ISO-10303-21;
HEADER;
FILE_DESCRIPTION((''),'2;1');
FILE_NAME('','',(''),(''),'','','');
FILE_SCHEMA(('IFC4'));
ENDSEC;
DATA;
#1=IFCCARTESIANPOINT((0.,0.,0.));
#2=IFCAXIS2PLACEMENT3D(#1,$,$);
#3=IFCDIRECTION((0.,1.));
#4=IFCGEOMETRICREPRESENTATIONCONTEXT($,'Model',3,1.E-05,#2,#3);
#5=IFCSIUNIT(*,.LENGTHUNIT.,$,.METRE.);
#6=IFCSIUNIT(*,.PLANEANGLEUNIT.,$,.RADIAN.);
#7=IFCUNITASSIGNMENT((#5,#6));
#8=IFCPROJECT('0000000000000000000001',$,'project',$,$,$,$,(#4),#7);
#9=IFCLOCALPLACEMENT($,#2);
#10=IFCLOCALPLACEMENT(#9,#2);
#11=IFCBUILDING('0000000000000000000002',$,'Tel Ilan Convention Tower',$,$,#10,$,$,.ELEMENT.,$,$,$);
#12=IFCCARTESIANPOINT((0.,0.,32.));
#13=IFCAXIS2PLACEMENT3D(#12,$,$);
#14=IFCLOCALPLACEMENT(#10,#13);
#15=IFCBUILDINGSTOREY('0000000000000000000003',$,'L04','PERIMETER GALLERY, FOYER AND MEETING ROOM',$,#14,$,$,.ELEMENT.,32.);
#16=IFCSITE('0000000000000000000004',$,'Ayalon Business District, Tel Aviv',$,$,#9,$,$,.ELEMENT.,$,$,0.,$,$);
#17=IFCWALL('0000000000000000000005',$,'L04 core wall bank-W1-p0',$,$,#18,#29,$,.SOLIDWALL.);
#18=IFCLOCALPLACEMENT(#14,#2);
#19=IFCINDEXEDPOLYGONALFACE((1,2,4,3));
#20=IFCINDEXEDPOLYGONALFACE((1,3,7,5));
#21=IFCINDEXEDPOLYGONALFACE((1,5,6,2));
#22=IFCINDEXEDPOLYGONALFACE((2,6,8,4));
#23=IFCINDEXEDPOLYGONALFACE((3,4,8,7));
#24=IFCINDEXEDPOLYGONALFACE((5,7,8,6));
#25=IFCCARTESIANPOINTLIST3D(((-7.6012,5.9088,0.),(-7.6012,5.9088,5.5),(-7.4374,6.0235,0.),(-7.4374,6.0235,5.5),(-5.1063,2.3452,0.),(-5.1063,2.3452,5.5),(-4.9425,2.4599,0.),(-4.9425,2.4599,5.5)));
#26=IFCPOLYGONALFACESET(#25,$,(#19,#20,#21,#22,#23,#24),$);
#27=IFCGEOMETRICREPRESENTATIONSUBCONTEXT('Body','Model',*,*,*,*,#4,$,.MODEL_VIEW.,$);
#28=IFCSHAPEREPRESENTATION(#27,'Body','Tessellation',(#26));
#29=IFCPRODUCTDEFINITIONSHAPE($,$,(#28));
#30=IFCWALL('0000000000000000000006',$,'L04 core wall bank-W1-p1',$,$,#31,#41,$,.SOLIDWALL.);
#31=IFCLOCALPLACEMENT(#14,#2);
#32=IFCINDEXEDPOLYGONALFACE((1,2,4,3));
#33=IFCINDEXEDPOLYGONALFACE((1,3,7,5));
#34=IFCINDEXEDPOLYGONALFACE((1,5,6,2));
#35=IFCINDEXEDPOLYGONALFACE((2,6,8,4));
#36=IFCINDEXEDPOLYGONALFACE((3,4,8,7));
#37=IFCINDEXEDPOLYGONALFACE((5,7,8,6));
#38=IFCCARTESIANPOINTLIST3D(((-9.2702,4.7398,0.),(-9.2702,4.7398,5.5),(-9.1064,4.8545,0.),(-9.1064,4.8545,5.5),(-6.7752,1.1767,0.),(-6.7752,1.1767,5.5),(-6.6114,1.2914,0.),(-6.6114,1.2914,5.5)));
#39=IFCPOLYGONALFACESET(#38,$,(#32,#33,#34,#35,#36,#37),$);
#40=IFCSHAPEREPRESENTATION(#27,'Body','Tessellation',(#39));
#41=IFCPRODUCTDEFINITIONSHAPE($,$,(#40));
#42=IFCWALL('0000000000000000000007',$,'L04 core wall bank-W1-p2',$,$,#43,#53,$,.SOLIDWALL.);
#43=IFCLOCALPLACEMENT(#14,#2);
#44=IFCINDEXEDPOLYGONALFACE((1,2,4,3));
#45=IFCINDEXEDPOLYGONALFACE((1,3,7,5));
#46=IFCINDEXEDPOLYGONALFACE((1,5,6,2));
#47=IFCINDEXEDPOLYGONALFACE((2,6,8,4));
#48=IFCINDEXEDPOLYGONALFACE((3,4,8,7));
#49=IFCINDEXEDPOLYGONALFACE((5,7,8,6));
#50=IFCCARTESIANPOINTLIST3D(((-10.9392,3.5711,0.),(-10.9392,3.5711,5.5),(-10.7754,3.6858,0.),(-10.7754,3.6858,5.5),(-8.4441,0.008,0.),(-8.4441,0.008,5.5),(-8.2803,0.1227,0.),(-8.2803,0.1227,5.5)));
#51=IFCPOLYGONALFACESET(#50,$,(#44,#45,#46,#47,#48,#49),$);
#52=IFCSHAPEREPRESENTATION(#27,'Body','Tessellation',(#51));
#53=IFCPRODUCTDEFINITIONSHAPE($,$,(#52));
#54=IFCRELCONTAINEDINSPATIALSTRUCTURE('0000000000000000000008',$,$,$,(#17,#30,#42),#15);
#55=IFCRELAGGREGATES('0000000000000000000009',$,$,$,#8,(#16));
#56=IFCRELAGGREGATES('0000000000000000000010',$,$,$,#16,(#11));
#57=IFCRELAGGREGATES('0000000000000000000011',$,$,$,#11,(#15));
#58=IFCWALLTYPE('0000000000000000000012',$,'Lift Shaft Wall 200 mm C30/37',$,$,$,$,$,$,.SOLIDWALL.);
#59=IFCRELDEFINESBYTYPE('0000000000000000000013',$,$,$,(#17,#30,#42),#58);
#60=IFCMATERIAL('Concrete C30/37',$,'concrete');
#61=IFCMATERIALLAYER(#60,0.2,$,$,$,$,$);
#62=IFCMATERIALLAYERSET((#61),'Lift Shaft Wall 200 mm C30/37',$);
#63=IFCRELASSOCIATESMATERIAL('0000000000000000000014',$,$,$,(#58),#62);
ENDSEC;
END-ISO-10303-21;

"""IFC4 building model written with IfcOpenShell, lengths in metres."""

from ifc_helpers import new_model, si_unit, direction, frame, frame_2d, origin, place, context, subcontext, project, spatial, rectangle, extrude, material, layer, layer_set, type_object, element, save


model = new_model("IFC4")

# Units and contexts
model_context = context("Model", 3, precision=1e-05, world=origin(), true_north=direction((0.0, 1.0)))
body_context = subcontext(model_context, "Body", "Model", "MODEL_VIEW")
ifc_project = project(units=[si_unit("LENGTHUNIT", "METRE"), si_unit("PLANEANGLEUNIT", "RADIAN")], contexts=[model_context])

# Site, building, storey
site_placement = place(None, origin())
site = spatial("IfcSite", under=ifc_project, at=site_placement, Name="Ayalon Business District, Tel Aviv", CompositionType="ELEMENT", RefElevation=0.0)
building_placement = place(site_placement, origin())
building = spatial("IfcBuilding", under=site, at=building_placement, Name="Tel Ilan Convention Tower", CompositionType="ELEMENT")
storey_placement = place(building_placement, frame((0.0, 0.0, 32.0)))
storey = spatial("IfcBuildingStorey", under=building, at=storey_placement, Name="L04", Description="PERIMETER GALLERY, FOYER AND MEETING ROOM", CompositionType="ELEMENT", Elevation=32.0)

# Walls
ifc_material_1 = material(Name="Concrete C30/37", Category="concrete")
ifc_layer_1 = layer(ifc_material_1, 0.2)
ifc_layer_set_1 = layer_set([ifc_layer_1], Name="Lift Shaft Wall 200 mm C30/37")
wall_type_1 = type_object("IfcWallType", Name="Lift Shaft Wall 200 mm C30/37", PredefinedType="SOLIDWALL", material=ifc_layer_set_1)
wall_1_placement = place(storey_placement, frame((-5.0244, 2.4026, 0.0), z_axis=(0.0, 0.0, 1.0), x_axis=(-0.57353, 0.819184, 0.0)))
element("IfcWall", 1, at=wall_1_placement, inside=storey, type_object=wall_type_1, Name="L04 core wall bank-W1-p0", PredefinedType="SOLIDWALL", context=body_context, shape_type="SweptSolid", body=[
    extrude(rectangle(XDim=4.3501, YDim=0.2, at=frame_2d((2.175, 0.0))), origin(), (0.0, 0.0, 1.0), 5.5),
])
for number, where, z_axis, x_axis, name in (
    (2, (-6.6934, 1.2341, 0.0), (0.0, 0.0, 1.0), (-0.573594, 0.81914, 0.0), "L04 core wall bank-W1-p1"),
    (3, (-8.3623, 0.0654, 0.0), (0.0, 0.0, 1.0), (-0.573594, 0.81914, 0.0), "L04 core wall bank-W1-p2"),
):
    element("IfcWall", number, at=place(storey_placement, frame(where, z_axis=z_axis, x_axis=x_axis)), inside=storey, type_object=wall_type_1, Name=name, PredefinedType="SOLIDWALL", context=body_context, shape_type="SweptSolid", body=[
        extrude(rectangle(XDim=4.3499, YDim=0.2, at=frame_2d((2.1748, 0.0))), origin(), (0.0, 0.0, 1.0), 5.5),
    ])

save(model, "model.ifc")
